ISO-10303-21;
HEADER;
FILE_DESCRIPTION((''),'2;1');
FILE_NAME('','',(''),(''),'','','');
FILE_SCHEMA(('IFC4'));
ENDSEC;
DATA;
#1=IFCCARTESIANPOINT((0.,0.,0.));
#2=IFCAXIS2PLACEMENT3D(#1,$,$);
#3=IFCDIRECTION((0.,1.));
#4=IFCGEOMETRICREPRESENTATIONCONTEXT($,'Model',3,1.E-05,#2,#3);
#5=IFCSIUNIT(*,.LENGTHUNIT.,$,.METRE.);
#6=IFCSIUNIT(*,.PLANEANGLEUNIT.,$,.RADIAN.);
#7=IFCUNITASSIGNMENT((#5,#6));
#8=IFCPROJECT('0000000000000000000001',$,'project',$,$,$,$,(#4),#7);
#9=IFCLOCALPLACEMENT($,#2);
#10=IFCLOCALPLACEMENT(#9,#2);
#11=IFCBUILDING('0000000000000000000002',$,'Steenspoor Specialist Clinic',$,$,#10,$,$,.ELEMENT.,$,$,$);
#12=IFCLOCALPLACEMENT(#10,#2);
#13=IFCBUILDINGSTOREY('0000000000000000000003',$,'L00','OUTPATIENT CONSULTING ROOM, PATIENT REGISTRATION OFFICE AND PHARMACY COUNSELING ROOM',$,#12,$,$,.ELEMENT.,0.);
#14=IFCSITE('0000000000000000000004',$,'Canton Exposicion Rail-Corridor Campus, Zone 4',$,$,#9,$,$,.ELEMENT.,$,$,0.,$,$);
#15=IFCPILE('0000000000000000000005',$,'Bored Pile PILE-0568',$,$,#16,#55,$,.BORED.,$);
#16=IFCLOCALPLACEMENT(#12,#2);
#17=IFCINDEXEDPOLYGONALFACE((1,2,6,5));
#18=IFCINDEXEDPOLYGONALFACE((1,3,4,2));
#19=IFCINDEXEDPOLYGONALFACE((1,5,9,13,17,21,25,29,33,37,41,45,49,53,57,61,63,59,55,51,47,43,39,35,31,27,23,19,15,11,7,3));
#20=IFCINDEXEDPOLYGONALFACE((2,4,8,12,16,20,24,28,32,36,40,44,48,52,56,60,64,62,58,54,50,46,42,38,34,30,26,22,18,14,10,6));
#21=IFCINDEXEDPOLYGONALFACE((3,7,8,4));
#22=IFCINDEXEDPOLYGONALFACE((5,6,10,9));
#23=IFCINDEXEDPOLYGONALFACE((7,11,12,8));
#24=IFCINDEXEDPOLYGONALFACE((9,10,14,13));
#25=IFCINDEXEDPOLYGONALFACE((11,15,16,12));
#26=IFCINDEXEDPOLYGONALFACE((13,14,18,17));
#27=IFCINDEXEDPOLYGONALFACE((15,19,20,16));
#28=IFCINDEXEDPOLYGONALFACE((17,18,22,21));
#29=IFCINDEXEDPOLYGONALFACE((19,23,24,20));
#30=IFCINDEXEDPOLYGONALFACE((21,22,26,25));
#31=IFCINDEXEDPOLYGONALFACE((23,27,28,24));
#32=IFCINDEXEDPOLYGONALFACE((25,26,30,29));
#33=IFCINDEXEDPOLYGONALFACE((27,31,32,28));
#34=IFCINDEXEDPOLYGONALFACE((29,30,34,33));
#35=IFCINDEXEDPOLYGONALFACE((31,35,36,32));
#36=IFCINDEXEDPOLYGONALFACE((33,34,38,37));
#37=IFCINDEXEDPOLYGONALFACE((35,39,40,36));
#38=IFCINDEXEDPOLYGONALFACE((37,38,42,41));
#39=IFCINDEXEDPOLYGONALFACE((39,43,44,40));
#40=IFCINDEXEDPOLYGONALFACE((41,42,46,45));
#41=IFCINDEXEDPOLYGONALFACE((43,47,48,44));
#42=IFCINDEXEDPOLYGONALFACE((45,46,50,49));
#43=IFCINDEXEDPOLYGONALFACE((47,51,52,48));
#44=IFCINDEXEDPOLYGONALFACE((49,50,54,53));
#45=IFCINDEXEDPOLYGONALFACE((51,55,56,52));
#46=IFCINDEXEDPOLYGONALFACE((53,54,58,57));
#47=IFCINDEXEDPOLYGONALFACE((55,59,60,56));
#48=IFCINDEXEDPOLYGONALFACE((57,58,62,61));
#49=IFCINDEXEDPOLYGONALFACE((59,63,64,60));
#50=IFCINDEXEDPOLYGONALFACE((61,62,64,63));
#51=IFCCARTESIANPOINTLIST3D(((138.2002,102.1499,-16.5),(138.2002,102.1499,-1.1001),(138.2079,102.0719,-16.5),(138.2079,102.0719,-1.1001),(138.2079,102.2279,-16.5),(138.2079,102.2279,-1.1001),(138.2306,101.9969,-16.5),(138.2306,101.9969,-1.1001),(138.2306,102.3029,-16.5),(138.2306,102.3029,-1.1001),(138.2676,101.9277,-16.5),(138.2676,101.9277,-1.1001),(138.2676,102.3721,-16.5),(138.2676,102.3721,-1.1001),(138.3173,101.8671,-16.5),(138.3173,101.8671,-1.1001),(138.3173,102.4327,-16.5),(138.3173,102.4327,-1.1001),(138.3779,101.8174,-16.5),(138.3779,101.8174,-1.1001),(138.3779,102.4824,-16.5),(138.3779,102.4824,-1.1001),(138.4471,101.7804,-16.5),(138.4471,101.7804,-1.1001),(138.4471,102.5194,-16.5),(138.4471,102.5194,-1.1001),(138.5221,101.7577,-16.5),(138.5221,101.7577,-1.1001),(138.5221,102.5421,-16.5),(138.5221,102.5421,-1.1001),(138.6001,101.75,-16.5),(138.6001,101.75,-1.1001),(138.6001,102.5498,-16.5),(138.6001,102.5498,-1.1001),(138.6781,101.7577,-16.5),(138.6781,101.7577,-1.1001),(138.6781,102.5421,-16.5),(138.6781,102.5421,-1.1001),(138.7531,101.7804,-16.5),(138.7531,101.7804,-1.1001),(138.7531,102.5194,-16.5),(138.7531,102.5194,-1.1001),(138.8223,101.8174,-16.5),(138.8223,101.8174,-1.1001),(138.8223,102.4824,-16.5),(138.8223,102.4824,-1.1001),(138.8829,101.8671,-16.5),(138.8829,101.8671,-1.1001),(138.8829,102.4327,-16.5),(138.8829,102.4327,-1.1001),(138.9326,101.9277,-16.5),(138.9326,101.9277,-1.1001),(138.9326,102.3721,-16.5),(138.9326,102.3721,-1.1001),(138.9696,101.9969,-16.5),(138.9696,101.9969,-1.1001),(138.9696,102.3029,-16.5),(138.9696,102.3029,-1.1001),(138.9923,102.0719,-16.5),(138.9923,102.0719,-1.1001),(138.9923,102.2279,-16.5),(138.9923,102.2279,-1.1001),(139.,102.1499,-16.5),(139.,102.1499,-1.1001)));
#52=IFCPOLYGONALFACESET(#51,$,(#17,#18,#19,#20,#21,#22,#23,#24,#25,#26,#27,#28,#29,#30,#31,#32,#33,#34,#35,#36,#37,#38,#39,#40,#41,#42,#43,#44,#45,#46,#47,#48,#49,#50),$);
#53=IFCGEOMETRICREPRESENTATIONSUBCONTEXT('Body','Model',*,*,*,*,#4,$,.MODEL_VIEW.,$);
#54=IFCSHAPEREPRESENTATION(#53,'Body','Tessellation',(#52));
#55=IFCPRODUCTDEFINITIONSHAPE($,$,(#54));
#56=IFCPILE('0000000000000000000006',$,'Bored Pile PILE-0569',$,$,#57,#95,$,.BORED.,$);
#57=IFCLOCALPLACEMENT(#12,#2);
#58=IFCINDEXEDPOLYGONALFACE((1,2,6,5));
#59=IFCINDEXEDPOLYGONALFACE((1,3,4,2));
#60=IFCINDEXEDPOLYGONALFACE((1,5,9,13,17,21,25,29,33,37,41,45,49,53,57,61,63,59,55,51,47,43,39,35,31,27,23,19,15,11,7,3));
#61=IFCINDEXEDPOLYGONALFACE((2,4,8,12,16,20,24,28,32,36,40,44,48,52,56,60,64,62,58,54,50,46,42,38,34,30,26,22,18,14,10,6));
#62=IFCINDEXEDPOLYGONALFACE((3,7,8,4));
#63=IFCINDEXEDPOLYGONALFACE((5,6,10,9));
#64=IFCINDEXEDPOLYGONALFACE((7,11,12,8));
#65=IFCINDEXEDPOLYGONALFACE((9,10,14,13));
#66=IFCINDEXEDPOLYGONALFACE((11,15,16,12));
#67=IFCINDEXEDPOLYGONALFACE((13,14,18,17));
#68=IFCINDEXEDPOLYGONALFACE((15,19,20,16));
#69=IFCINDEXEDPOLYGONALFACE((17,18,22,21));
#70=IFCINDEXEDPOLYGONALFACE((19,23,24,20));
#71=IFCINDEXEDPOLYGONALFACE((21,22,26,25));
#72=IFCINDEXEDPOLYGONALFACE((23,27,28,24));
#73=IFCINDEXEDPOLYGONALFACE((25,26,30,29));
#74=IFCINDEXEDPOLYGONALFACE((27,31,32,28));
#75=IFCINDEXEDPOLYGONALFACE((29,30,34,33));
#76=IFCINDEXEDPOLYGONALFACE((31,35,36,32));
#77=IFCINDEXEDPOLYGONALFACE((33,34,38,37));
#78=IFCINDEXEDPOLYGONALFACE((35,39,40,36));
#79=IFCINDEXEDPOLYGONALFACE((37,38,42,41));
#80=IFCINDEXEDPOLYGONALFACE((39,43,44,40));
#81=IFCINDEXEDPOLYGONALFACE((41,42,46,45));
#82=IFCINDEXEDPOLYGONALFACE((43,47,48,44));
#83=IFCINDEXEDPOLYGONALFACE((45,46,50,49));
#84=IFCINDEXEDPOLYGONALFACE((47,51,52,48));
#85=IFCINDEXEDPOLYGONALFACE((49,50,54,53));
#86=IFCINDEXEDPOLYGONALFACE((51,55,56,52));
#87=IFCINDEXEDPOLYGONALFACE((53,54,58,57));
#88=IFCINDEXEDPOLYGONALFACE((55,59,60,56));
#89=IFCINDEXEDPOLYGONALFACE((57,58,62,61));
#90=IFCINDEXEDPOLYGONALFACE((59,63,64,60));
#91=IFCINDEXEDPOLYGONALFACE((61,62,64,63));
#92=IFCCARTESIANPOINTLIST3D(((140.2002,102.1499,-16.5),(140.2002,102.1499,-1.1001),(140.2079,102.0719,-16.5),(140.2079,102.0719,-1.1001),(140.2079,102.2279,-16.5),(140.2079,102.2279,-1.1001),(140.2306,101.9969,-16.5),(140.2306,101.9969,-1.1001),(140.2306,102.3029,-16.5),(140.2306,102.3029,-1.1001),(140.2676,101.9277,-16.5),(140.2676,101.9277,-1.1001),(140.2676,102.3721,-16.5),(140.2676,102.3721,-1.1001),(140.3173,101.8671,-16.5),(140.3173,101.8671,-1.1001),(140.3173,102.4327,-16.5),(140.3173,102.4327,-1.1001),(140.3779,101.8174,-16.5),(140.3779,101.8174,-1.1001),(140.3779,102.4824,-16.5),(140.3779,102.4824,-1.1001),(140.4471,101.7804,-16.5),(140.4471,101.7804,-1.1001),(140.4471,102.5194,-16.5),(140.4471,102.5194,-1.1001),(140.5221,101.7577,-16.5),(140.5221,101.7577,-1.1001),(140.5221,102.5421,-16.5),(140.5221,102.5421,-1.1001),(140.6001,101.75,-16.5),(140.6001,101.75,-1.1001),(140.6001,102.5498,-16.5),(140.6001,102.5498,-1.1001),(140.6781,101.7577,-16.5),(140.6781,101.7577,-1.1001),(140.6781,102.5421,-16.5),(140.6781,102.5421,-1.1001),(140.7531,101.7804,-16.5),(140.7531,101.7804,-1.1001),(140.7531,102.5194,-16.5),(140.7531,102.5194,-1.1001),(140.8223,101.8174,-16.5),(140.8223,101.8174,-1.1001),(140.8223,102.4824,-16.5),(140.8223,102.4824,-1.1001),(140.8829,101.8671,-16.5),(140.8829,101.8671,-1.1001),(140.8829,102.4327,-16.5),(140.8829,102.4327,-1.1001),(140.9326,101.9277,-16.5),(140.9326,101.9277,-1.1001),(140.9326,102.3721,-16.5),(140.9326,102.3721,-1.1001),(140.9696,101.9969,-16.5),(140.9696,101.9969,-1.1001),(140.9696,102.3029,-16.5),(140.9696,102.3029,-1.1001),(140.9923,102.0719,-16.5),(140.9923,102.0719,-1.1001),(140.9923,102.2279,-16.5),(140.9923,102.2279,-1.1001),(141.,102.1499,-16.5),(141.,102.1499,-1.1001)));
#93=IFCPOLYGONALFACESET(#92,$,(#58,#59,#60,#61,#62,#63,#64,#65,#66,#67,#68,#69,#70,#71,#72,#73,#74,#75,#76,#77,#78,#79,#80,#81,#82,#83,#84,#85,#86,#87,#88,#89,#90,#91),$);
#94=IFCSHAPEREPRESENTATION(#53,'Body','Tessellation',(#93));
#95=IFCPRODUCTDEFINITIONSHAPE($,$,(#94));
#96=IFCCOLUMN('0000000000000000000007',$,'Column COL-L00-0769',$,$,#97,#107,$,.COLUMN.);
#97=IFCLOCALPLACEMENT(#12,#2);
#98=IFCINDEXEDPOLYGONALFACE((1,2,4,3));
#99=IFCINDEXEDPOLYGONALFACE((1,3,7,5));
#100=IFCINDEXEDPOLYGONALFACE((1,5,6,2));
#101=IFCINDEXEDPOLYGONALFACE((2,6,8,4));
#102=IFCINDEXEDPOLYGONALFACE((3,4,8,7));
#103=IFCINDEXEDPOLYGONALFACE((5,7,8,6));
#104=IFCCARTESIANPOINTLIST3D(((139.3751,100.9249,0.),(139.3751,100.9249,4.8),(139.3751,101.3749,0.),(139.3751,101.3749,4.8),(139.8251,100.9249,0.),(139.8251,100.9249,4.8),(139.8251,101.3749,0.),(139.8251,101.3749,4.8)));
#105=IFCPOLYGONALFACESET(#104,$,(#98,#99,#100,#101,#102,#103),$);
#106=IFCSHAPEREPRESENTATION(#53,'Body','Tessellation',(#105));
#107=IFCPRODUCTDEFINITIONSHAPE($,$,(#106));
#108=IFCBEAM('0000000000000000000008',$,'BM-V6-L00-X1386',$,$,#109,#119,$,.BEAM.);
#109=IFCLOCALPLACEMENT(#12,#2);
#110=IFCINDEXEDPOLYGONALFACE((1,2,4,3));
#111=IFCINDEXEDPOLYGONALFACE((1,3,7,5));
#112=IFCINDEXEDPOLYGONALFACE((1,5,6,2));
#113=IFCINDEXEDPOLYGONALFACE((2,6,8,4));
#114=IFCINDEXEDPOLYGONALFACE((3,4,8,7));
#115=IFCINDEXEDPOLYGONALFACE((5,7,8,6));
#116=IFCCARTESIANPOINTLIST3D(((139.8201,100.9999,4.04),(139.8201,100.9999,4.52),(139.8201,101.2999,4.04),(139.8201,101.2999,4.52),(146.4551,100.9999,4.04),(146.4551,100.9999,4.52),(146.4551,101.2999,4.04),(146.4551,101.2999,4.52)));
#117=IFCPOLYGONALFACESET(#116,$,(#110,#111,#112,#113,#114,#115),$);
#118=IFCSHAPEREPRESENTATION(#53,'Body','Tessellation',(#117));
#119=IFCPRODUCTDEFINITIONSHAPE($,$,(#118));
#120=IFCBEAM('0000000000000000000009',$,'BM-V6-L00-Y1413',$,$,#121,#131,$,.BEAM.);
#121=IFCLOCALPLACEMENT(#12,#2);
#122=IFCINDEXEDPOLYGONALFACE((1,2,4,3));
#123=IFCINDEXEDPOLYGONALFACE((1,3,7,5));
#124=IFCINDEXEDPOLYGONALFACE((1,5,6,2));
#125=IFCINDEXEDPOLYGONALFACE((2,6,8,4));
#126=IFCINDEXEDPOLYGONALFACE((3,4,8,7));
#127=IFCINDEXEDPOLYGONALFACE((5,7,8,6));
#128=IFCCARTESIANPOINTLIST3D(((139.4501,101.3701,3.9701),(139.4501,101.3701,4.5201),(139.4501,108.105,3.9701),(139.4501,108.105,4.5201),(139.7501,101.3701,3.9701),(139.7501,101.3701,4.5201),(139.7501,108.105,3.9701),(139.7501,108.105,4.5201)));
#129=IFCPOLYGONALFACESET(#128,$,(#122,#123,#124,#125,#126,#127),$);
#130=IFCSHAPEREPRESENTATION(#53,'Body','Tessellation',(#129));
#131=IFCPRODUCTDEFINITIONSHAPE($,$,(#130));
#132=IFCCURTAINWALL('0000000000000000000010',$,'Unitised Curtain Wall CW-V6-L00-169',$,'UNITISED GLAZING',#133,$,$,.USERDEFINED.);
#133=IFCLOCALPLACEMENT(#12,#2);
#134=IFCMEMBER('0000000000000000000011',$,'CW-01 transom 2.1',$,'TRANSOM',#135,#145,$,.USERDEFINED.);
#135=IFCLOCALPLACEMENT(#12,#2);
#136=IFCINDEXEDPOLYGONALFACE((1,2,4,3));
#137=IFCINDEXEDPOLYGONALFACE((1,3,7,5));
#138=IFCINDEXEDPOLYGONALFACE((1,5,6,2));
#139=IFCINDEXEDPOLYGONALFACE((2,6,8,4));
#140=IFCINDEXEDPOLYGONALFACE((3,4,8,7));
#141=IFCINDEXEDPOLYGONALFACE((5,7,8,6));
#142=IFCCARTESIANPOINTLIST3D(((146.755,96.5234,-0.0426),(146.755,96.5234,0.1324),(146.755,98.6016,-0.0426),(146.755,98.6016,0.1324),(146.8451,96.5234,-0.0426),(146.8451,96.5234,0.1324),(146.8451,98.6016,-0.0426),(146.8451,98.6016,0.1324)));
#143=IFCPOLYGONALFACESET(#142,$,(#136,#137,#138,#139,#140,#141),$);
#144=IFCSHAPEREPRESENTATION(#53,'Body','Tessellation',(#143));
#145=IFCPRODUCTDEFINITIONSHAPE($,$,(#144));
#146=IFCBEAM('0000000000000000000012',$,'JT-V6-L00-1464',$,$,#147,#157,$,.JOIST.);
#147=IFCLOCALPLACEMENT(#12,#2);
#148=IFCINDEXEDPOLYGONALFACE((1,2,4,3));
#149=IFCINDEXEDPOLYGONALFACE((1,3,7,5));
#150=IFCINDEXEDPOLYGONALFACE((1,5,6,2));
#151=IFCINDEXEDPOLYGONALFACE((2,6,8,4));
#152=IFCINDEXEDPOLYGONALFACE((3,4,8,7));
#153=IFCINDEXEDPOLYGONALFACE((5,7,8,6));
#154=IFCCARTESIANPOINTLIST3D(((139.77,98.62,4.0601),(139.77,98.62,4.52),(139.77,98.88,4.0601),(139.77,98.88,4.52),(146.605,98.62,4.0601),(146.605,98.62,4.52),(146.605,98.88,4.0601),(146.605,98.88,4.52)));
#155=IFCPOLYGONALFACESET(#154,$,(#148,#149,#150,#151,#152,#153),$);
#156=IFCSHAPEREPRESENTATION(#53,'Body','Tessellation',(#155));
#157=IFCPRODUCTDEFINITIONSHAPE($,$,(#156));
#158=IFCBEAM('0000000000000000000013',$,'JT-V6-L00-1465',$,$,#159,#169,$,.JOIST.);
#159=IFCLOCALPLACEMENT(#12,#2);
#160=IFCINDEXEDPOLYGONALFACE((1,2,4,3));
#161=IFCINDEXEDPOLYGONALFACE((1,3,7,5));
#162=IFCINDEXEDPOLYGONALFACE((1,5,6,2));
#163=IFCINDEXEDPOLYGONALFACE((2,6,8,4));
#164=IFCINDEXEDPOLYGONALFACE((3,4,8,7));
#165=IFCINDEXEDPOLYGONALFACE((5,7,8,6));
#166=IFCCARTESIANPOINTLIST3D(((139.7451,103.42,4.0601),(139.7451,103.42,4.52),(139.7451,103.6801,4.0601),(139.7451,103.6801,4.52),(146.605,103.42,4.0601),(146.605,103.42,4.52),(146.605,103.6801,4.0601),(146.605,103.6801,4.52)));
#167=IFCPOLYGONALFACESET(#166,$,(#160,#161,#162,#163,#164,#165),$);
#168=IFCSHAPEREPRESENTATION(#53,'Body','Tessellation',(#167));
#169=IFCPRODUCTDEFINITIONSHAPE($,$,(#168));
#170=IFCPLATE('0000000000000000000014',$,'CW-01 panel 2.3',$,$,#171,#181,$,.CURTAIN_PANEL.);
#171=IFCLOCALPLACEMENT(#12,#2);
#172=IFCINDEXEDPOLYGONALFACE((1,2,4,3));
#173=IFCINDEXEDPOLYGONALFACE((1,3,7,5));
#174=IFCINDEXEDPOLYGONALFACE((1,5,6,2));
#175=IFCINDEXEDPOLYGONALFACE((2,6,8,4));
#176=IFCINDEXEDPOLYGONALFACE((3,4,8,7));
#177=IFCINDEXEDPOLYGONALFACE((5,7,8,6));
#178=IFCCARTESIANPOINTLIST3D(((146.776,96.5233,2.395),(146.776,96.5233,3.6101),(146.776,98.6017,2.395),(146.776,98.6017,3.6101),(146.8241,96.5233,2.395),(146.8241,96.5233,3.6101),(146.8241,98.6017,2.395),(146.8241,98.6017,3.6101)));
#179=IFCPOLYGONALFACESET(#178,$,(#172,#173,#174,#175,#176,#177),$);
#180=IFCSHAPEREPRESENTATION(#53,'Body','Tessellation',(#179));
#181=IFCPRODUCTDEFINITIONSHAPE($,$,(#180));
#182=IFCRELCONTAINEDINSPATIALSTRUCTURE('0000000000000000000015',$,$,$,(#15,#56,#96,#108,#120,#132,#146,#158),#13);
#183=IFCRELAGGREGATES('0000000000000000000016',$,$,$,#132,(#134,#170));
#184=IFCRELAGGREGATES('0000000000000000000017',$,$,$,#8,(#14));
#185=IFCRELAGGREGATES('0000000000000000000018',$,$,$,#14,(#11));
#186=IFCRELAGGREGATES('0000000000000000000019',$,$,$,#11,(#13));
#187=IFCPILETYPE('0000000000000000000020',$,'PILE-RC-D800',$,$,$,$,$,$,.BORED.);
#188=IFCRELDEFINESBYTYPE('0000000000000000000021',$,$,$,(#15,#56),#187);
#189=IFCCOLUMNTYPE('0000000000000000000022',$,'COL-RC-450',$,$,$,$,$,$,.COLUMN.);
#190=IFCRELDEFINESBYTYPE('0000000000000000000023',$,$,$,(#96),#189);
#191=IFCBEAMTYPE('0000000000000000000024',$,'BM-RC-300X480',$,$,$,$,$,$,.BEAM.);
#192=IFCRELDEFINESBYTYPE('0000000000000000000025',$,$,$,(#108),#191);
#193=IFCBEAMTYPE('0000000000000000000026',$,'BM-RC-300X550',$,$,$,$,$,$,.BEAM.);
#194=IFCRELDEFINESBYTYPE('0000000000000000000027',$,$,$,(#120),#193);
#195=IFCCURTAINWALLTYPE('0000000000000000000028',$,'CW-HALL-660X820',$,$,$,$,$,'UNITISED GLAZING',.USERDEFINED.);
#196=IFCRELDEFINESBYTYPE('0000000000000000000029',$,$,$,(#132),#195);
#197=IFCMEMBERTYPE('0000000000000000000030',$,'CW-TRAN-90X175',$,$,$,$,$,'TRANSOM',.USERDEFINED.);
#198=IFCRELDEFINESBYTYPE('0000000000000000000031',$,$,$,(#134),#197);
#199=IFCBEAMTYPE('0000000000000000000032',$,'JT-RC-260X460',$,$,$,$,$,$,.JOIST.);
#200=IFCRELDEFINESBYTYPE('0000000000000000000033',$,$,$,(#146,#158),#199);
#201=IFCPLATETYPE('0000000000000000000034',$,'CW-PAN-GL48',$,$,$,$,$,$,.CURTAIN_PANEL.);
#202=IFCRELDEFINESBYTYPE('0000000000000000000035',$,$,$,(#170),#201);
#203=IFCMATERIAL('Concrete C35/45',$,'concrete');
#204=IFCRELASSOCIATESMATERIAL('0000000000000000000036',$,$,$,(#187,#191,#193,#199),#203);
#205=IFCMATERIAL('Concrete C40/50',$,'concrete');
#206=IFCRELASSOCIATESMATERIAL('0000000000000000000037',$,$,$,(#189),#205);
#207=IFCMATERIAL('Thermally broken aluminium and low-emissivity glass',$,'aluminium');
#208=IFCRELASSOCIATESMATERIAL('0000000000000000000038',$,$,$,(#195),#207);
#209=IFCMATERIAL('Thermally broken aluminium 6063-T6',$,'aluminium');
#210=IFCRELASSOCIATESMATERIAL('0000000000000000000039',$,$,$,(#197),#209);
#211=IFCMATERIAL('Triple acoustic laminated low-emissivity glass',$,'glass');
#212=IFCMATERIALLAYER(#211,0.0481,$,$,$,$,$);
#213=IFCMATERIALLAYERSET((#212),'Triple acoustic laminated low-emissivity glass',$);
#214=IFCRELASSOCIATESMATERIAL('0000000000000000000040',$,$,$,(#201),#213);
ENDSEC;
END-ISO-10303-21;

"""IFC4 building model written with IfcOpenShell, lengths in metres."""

from ifc_helpers import new_model, si_unit, direction, frame, origin, origin_2d, place, context, subcontext, project, spatial, rectangle, circle, extrude, material, layer, layer_set, material_profile, profile_set, type_object, element, aggregate, save


model = new_model("IFC4")

# Units and contexts
model_context = context("Model", 3, precision=1e-05, world=origin(), true_north=direction((0.0, 1.0)))
body_context = subcontext(model_context, "Body", "Model", "MODEL_VIEW")
ifc_project = project(units=[si_unit("LENGTHUNIT", "METRE"), si_unit("PLANEANGLEUNIT", "RADIAN")], contexts=[model_context])

# Site, building, storey
site_placement = place(None, origin())
site = spatial("IfcSite", under=ifc_project, at=site_placement, Name="Canton Exposicion Rail-Corridor Campus, Zone 4", CompositionType="ELEMENT", RefElevation=0.0)
building_placement = place(site_placement, origin())
building = spatial("IfcBuilding", under=site, at=building_placement, Name="Steenspoor Specialist Clinic", CompositionType="ELEMENT")
storey_placement = place(building_placement, origin())
storey = spatial("IfcBuildingStorey", under=building, at=storey_placement, Name="L00", Description="OUTPATIENT CONSULTING ROOM, PATIENT REGISTRATION OFFICE AND PHARMACY COUNSELING ROOM", CompositionType="ELEMENT", Elevation=0.0)

# Shared definitions
ifc_material_1 = material(Name="Concrete C35/45", Category="concrete")

# Piles
ifc_material_profile_1 = material_profile(ifc_material_1, circle(Radius=0.3999, at=origin_2d()), Name="PILE-D800")
ifc_profile_set_1 = profile_set([ifc_material_profile_1], Name="Concrete C35/45")
pile_type_1 = type_object("IfcPileType", Name="PILE-RC-D800", PredefinedType="BORED", material=ifc_profile_set_1)
for number, where, z_axis, x_axis, name in (
    (1, (138.6001, 102.1499, -1.1001), (0.0, 0.0, -1.0), (1.0, 0.0, 0.0), "Bored Pile PILE-0568"),
    (2, (140.6001, 102.1499, -1.1001), (0.0, 0.0, -1.0), (1.0, 0.0, 0.0), "Bored Pile PILE-0569"),
):
    element("IfcPile", number, at=place(storey_placement, frame(where, z_axis=z_axis, x_axis=x_axis)), inside=storey, type_object=pile_type_1, Name=name, PredefinedType="BORED", context=body_context, shape_type="SweptSolid", body=[
        extrude(circle(Radius=0.3999, at=origin_2d()), origin(), (0.0, 0.0, 1.0), 15.3999),
    ])

# Column
ifc_material_2 = material(Name="Concrete C40/50", Category="concrete")
ifc_material_profile_2 = material_profile(ifc_material_2, rectangle(XDim=0.45, YDim=0.45, at=origin_2d()), Name="RC-COL-450X450")
ifc_profile_set_2 = profile_set([ifc_material_profile_2], Name="Concrete C40/50")
column_type = type_object("IfcColumnType", Name="COL-RC-450", PredefinedType="COLUMN", material=ifc_profile_set_2)
column_placement = place(storey_placement, frame((139.6001, 101.1499, 0.0), z_axis=(0.0, 0.0, 1.0), x_axis=(1.0, 0.0, 0.0)))
element("IfcColumn", 3, at=column_placement, inside=storey, type_object=column_type, Name="Column COL-L00-0769", PredefinedType="COLUMN", context=body_context, shape_type="SweptSolid", body=[
    extrude(rectangle(XDim=0.45, YDim=0.45, at=origin_2d()), origin(), (0.0, 0.0, 1.0), 4.8),
])

# Beams
ifc_material_profile_3 = material_profile(ifc_material_1, rectangle(XDim=0.3, YDim=0.48, at=origin_2d()), Name="RC-BM-300X480")
ifc_profile_set_3 = profile_set([ifc_material_profile_3], Name="Concrete C35/45")
beam_type_1 = type_object("IfcBeamType", Name="BM-RC-300X480", PredefinedType="BEAM", material=ifc_profile_set_3)
beam_1_placement = place(storey_placement, frame((139.8201, 101.1499, 4.28), z_axis=(1.0, 0.0, 0.0), x_axis=(0.0, 1.0, 0.0)))
element("IfcBeam", 4, at=beam_1_placement, inside=storey, type_object=beam_type_1, Name="BM-V6-L00-X1386", PredefinedType="BEAM", context=body_context, shape_type="SweptSolid", body=[
    extrude(rectangle(XDim=0.3, YDim=0.48, at=origin_2d()), origin(), (0.0, 0.0, 1.0), 6.635),
])
ifc_material_profile_4 = material_profile(ifc_material_1, rectangle(XDim=0.3, YDim=0.55, at=origin_2d()), Name="RC-BM-300X550")
ifc_profile_set_4 = profile_set([ifc_material_profile_4], Name="Concrete C35/45")
beam_type_2 = type_object("IfcBeamType", Name="BM-RC-300X550", PredefinedType="BEAM", material=ifc_profile_set_4)
beam_2_placement = place(storey_placement, frame((139.6001, 101.3701, 4.2451), z_axis=(0.0, 1.0, 0.0), x_axis=(-1.0, 0.0, 0.0)))
element("IfcBeam", 5, at=beam_2_placement, inside=storey, type_object=beam_type_2, Name="BM-V6-L00-Y1413", PredefinedType="BEAM", context=body_context, shape_type="SweptSolid", body=[
    extrude(rectangle(XDim=0.3, YDim=0.55, at=origin_2d()), origin(), (0.0, 0.0, 1.0), 6.7349),
])

# Curtain wall, member
ifc_material_3 = material(Name="Thermally broken aluminium and low-emissivity glass", Category="aluminium")
curtain_wall_type = type_object("IfcCurtainWallType", Name="CW-HALL-660X820", ElementType="UNITISED GLAZING", PredefinedType="USERDEFINED", material=ifc_material_3)
curtain_wall_placement = place(storey_placement, origin())
curtain_wall = element("IfcCurtainWall", 6, at=curtain_wall_placement, inside=storey, type_object=curtain_wall_type, Name="Unitised Curtain Wall CW-V6-L00-169", ObjectType="UNITISED GLAZING", PredefinedType="USERDEFINED")
ifc_material_4 = material(Name="Thermally broken aluminium 6063-T6", Category="aluminium")
ifc_material_profile_5 = material_profile(ifc_material_4, rectangle(XDim=0.0901, YDim=0.175, at=origin_2d()), Name="CWT-90X175")
ifc_profile_set_5 = profile_set([ifc_material_profile_5], Name="Thermally broken aluminium 6063-T6")
member_type = type_object("IfcMemberType", Name="CW-TRAN-90X175", ElementType="TRANSOM", PredefinedType="USERDEFINED", material=ifc_profile_set_5)
member_placement = place(storey_placement, frame((146.8, 98.6016, 0.0449), z_axis=(0.0, -1.0, 0.0), x_axis=(1.0, 0.0, 0.0)))
member = element("IfcMember", 7, at=member_placement, type_object=member_type, Name="CW-01 transom 2.1", ObjectType="TRANSOM", PredefinedType="USERDEFINED", context=body_context, shape_type="SweptSolid", body=[
    extrude(rectangle(XDim=0.0901, YDim=0.175, at=origin_2d()), origin(), (0.0, 0.0, 1.0), 2.0781),
])

# Beams
ifc_material_profile_6 = material_profile(ifc_material_1, rectangle(XDim=0.26, YDim=0.46, at=origin_2d()), Name="RC-JT-260X460")
ifc_profile_set_6 = profile_set([ifc_material_profile_6], Name="Concrete C35/45")
beam_type_3 = type_object("IfcBeamType", Name="JT-RC-260X460", PredefinedType="JOIST", material=ifc_profile_set_6)
beam_3_placement = place(storey_placement, frame((139.77, 98.75, 4.29), z_axis=(1.0, 0.0, 0.0), x_axis=(0.0, 1.0, 0.0)))
element("IfcBeam", 8, at=beam_3_placement, inside=storey, type_object=beam_type_3, Name="JT-V6-L00-1464", PredefinedType="JOIST", context=body_context, shape_type="SweptSolid", body=[
    extrude(rectangle(XDim=0.26, YDim=0.46, at=origin_2d()), origin(), (0.0, 0.0, 1.0), 6.835),
])
beam_4_placement = place(storey_placement, frame((139.7451, 103.55, 4.29), z_axis=(1.0, 0.0, 0.0), x_axis=(0.0, 1.0, 0.0)))
element("IfcBeam", 9, at=beam_4_placement, inside=storey, type_object=beam_type_3, Name="JT-V6-L00-1465", PredefinedType="JOIST", context=body_context, shape_type="SweptSolid", body=[
    extrude(rectangle(XDim=0.26, YDim=0.46, at=origin_2d()), origin(), (0.0, 0.0, 1.0), 6.8599),
])

# Plate
ifc_material_5 = material(Name="Triple acoustic laminated low-emissivity glass", Category="glass")
ifc_layer_1 = layer(ifc_material_5, 0.0481)
ifc_layer_set_1 = layer_set([ifc_layer_1], Name="Triple acoustic laminated low-emissivity glass")
plate_type = type_object("IfcPlateType", Name="CW-PAN-GL48", PredefinedType="CURTAIN_PANEL", material=ifc_layer_set_1)
plate_placement = place(storey_placement, frame((146.8, 97.5625, 2.395), z_axis=(0.0, 0.0, 1.0), x_axis=(0.0, -1.0, 0.0)))
plate = element("IfcPlate", 10, at=plate_placement, type_object=plate_type, Name="CW-01 panel 2.3", PredefinedType="CURTAIN_PANEL", context=body_context, shape_type="SweptSolid", body=[
    extrude(rectangle(XDim=2.0784, YDim=0.0481, at=origin_2d()), origin(), (0.0, 0.0, 1.0), 1.2151),
])
aggregate(curtain_wall, [member, plate])

save(model, "model.ifc")
